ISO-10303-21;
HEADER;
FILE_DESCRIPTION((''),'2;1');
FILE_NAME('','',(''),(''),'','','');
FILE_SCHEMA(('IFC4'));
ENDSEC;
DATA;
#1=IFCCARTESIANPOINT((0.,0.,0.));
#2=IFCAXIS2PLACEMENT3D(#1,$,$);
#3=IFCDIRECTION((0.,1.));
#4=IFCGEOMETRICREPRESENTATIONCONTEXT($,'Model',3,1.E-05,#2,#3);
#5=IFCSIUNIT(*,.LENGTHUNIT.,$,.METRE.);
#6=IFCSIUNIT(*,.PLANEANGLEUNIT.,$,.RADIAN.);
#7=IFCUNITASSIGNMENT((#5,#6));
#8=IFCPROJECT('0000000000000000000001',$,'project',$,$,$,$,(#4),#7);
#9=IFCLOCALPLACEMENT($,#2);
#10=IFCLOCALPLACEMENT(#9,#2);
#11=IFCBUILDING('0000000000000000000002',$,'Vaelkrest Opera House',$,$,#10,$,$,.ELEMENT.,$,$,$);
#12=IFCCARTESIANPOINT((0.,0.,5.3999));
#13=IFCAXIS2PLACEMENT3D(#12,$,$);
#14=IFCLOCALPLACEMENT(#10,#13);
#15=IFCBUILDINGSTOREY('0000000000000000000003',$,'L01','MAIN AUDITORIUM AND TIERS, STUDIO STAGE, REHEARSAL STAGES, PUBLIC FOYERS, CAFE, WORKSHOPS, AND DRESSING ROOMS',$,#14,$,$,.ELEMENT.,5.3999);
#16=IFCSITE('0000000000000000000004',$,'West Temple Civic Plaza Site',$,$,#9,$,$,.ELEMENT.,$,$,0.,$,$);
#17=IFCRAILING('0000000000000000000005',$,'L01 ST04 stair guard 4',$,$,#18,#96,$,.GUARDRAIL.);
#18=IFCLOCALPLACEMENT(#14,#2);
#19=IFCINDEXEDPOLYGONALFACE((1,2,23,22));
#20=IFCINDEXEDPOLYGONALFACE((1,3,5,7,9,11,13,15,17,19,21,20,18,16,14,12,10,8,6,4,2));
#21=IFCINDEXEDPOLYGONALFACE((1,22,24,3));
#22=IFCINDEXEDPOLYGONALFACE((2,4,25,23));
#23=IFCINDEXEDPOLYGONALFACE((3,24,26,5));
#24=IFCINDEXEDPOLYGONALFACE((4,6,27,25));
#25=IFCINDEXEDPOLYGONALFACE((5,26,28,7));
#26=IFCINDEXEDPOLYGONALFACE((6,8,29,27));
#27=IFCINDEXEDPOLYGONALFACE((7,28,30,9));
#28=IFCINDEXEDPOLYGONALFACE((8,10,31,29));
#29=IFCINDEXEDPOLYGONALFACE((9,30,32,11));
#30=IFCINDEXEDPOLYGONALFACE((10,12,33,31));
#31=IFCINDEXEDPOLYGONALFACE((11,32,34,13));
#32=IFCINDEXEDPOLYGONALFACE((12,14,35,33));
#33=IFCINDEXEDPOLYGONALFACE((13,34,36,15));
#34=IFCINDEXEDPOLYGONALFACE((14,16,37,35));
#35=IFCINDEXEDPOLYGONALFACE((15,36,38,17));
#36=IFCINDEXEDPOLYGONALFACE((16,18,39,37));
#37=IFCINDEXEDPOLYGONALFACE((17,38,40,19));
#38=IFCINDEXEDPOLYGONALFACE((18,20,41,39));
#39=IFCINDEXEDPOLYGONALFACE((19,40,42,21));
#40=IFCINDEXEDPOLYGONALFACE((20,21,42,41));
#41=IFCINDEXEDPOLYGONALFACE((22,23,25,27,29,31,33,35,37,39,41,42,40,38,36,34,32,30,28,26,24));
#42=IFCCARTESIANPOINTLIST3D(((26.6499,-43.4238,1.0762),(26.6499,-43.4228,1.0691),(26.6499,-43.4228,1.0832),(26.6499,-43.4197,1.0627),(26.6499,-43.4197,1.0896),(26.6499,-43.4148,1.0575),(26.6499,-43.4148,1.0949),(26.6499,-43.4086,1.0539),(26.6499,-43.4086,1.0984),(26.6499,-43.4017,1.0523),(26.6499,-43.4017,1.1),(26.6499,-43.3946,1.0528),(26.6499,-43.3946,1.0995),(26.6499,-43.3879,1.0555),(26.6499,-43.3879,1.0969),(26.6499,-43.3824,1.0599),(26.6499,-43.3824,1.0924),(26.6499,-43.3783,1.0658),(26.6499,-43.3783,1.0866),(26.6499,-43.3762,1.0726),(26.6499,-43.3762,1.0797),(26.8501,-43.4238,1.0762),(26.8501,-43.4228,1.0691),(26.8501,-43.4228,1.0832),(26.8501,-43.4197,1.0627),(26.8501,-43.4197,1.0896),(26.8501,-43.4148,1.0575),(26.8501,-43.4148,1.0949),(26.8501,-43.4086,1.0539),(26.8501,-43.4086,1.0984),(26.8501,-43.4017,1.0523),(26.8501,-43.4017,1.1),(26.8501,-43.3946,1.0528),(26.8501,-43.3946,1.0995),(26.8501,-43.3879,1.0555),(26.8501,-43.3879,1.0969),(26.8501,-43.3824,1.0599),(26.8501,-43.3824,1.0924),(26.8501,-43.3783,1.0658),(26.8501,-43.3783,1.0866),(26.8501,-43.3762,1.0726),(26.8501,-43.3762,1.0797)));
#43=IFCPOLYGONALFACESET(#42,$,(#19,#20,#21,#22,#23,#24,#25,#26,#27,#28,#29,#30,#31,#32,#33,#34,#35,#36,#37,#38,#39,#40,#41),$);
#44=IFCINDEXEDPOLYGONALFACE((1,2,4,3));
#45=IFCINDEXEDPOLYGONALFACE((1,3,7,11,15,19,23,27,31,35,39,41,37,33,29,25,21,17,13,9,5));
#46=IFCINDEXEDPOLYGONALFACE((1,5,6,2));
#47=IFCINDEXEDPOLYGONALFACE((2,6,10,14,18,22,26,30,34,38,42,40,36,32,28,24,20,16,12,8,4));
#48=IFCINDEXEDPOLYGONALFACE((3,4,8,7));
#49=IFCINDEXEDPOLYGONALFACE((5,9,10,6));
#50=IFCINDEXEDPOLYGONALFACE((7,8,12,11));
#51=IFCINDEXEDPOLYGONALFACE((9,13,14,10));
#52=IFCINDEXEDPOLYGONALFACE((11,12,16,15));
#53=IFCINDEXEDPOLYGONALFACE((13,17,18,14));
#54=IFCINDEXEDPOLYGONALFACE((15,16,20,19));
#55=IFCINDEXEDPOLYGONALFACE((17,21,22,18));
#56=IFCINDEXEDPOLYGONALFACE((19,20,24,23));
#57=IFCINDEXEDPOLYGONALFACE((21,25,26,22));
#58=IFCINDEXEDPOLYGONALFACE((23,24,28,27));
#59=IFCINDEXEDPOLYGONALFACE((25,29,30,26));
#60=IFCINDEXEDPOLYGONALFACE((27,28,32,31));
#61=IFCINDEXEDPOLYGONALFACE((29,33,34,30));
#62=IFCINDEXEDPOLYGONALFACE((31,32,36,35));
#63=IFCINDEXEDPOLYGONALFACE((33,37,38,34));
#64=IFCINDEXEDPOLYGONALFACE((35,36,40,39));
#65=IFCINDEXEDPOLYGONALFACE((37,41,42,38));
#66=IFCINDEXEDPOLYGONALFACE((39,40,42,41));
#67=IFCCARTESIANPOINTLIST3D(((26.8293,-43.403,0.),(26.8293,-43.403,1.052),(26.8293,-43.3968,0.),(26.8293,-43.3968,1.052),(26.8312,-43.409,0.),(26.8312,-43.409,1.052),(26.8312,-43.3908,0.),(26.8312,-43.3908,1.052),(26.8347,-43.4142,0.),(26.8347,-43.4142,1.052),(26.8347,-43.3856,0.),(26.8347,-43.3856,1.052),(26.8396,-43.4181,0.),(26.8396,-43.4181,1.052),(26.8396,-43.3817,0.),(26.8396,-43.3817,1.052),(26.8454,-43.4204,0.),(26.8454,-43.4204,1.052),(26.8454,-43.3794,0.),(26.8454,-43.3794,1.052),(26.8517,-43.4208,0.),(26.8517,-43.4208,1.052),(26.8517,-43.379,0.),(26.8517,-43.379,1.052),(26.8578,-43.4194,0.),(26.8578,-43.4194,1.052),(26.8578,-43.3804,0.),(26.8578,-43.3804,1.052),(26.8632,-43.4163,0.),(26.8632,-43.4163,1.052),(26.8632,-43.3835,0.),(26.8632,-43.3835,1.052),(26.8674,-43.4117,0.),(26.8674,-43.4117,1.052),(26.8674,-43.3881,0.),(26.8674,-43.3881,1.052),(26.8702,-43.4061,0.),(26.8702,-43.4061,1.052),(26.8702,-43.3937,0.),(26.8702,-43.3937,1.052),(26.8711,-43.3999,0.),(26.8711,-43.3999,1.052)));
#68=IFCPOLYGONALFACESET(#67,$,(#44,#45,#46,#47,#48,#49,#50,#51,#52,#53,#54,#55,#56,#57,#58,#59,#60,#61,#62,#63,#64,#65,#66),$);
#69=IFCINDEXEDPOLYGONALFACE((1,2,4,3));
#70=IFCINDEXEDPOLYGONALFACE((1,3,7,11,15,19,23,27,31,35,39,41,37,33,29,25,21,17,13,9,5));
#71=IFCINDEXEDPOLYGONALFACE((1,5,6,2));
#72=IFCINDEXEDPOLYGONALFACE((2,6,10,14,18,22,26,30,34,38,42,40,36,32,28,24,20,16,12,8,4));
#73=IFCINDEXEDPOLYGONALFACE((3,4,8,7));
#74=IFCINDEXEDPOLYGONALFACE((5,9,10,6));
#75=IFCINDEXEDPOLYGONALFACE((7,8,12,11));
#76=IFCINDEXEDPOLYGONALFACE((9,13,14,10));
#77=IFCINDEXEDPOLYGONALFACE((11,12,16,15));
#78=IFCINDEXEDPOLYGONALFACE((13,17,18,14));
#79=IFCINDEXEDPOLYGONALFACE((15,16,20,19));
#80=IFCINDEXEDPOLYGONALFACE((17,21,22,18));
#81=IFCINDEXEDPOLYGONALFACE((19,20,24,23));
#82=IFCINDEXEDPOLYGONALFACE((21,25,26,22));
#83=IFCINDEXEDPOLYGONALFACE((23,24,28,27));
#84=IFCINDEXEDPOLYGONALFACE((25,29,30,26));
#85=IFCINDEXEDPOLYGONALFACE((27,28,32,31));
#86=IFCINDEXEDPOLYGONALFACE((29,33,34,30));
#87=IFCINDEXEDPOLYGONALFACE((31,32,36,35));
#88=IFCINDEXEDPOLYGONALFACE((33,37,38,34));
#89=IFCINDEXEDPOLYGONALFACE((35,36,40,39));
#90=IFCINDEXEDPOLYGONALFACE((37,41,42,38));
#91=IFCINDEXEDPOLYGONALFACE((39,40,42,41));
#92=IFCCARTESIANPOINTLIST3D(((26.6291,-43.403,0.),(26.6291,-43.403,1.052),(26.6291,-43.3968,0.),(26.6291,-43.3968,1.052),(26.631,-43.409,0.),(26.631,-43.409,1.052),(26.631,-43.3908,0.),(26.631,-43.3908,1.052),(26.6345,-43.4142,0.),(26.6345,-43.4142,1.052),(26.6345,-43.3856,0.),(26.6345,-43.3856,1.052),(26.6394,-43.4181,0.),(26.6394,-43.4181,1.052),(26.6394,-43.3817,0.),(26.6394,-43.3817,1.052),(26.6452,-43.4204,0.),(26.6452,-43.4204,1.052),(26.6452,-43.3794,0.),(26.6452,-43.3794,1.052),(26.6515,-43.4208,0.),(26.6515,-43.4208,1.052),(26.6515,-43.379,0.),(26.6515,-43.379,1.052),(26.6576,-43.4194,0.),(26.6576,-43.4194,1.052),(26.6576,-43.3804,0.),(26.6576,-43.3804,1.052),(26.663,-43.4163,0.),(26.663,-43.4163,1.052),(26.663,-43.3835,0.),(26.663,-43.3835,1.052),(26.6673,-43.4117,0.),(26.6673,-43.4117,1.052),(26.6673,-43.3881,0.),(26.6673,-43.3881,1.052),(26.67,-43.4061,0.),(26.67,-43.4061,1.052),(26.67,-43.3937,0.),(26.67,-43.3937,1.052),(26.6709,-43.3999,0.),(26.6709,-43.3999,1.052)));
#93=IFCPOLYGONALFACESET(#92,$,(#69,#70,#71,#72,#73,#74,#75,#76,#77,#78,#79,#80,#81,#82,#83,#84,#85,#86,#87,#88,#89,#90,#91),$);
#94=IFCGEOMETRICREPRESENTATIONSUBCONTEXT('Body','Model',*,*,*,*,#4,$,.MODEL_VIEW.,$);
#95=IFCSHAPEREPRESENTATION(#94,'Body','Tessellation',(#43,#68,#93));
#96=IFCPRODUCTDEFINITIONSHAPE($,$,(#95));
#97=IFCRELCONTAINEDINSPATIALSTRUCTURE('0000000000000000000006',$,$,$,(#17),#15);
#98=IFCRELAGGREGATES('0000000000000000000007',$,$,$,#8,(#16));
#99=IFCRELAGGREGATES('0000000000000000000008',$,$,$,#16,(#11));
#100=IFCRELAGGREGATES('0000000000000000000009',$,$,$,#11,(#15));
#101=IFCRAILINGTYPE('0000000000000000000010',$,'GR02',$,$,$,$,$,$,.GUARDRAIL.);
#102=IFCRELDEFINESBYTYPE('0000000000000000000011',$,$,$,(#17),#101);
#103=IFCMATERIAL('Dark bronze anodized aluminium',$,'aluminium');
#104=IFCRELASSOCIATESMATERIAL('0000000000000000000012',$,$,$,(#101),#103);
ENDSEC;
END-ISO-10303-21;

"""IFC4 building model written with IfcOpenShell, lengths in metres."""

from ifc_helpers import new_model, si_unit, direction, frame, origin, origin_2d, place, context, subcontext, project, spatial, circle, extrude, material, type_object, element, save


model = new_model("IFC4")

# Units and contexts
model_context = context("Model", 3, precision=1e-05, world=origin(), true_north=direction((0.0, 1.0)))
body_context = subcontext(model_context, "Body", "Model", "MODEL_VIEW")
ifc_project = project(units=[si_unit("LENGTHUNIT", "METRE"), si_unit("PLANEANGLEUNIT", "RADIAN")], contexts=[model_context])

# Site, building, storey
site_placement = place(None, origin())
site = spatial("IfcSite", under=ifc_project, at=site_placement, Name="West Temple Civic Plaza Site", CompositionType="ELEMENT", RefElevation=0.0)
building_placement = place(site_placement, origin())
building = spatial("IfcBuilding", under=site, at=building_placement, Name="Vaelkrest Opera House", CompositionType="ELEMENT")
storey_placement = place(building_placement, frame((0.0, 0.0, 5.3999)))
storey = spatial("IfcBuildingStorey", under=building, at=storey_placement, Name="L01", Description="MAIN AUDITORIUM AND TIERS, STUDIO STAGE, REHEARSAL STAGES, PUBLIC FOYERS, CAFE, WORKSHOPS, AND DRESSING ROOMS", CompositionType="ELEMENT", Elevation=5.3999)

# Shared definitions
ifc_material_1 = material(Name="Dark bronze anodized aluminium", Category="aluminium")

# Railing
railing_type_1 = type_object("IfcRailingType", Name="GR02", PredefinedType="GUARDRAIL", material=ifc_material_1)
railing_1_placement = place(storey_placement, frame((26.8501, -43.3999, 0.0)))
element("IfcRailing", 1, at=railing_1_placement, inside=storey, type_object=railing_type_1, Name="L01 ST04 stair guard 4", PredefinedType="GUARDRAIL", context=body_context, shape_type="SweptSolid", body=[
    extrude(circle(Radius=0.0239, at=origin_2d()), frame((0.0, 0.0, 1.0762), z_axis=(-1.0, 0.0, 0.0), x_axis=(0.0, -1.0, 0.0)), (0.0, 0.0, 1.0), 0.2002),
    extrude(circle(Radius=0.021, at=origin_2d()), origin(), (0.0, 0.0, 1.0), 1.052),
    extrude(circle(Radius=0.021, at=origin_2d()), frame((-0.2002, 0.0, 0.0)), (0.0, 0.0, 1.0), 1.052),
])

save(model, "model.ifc")
